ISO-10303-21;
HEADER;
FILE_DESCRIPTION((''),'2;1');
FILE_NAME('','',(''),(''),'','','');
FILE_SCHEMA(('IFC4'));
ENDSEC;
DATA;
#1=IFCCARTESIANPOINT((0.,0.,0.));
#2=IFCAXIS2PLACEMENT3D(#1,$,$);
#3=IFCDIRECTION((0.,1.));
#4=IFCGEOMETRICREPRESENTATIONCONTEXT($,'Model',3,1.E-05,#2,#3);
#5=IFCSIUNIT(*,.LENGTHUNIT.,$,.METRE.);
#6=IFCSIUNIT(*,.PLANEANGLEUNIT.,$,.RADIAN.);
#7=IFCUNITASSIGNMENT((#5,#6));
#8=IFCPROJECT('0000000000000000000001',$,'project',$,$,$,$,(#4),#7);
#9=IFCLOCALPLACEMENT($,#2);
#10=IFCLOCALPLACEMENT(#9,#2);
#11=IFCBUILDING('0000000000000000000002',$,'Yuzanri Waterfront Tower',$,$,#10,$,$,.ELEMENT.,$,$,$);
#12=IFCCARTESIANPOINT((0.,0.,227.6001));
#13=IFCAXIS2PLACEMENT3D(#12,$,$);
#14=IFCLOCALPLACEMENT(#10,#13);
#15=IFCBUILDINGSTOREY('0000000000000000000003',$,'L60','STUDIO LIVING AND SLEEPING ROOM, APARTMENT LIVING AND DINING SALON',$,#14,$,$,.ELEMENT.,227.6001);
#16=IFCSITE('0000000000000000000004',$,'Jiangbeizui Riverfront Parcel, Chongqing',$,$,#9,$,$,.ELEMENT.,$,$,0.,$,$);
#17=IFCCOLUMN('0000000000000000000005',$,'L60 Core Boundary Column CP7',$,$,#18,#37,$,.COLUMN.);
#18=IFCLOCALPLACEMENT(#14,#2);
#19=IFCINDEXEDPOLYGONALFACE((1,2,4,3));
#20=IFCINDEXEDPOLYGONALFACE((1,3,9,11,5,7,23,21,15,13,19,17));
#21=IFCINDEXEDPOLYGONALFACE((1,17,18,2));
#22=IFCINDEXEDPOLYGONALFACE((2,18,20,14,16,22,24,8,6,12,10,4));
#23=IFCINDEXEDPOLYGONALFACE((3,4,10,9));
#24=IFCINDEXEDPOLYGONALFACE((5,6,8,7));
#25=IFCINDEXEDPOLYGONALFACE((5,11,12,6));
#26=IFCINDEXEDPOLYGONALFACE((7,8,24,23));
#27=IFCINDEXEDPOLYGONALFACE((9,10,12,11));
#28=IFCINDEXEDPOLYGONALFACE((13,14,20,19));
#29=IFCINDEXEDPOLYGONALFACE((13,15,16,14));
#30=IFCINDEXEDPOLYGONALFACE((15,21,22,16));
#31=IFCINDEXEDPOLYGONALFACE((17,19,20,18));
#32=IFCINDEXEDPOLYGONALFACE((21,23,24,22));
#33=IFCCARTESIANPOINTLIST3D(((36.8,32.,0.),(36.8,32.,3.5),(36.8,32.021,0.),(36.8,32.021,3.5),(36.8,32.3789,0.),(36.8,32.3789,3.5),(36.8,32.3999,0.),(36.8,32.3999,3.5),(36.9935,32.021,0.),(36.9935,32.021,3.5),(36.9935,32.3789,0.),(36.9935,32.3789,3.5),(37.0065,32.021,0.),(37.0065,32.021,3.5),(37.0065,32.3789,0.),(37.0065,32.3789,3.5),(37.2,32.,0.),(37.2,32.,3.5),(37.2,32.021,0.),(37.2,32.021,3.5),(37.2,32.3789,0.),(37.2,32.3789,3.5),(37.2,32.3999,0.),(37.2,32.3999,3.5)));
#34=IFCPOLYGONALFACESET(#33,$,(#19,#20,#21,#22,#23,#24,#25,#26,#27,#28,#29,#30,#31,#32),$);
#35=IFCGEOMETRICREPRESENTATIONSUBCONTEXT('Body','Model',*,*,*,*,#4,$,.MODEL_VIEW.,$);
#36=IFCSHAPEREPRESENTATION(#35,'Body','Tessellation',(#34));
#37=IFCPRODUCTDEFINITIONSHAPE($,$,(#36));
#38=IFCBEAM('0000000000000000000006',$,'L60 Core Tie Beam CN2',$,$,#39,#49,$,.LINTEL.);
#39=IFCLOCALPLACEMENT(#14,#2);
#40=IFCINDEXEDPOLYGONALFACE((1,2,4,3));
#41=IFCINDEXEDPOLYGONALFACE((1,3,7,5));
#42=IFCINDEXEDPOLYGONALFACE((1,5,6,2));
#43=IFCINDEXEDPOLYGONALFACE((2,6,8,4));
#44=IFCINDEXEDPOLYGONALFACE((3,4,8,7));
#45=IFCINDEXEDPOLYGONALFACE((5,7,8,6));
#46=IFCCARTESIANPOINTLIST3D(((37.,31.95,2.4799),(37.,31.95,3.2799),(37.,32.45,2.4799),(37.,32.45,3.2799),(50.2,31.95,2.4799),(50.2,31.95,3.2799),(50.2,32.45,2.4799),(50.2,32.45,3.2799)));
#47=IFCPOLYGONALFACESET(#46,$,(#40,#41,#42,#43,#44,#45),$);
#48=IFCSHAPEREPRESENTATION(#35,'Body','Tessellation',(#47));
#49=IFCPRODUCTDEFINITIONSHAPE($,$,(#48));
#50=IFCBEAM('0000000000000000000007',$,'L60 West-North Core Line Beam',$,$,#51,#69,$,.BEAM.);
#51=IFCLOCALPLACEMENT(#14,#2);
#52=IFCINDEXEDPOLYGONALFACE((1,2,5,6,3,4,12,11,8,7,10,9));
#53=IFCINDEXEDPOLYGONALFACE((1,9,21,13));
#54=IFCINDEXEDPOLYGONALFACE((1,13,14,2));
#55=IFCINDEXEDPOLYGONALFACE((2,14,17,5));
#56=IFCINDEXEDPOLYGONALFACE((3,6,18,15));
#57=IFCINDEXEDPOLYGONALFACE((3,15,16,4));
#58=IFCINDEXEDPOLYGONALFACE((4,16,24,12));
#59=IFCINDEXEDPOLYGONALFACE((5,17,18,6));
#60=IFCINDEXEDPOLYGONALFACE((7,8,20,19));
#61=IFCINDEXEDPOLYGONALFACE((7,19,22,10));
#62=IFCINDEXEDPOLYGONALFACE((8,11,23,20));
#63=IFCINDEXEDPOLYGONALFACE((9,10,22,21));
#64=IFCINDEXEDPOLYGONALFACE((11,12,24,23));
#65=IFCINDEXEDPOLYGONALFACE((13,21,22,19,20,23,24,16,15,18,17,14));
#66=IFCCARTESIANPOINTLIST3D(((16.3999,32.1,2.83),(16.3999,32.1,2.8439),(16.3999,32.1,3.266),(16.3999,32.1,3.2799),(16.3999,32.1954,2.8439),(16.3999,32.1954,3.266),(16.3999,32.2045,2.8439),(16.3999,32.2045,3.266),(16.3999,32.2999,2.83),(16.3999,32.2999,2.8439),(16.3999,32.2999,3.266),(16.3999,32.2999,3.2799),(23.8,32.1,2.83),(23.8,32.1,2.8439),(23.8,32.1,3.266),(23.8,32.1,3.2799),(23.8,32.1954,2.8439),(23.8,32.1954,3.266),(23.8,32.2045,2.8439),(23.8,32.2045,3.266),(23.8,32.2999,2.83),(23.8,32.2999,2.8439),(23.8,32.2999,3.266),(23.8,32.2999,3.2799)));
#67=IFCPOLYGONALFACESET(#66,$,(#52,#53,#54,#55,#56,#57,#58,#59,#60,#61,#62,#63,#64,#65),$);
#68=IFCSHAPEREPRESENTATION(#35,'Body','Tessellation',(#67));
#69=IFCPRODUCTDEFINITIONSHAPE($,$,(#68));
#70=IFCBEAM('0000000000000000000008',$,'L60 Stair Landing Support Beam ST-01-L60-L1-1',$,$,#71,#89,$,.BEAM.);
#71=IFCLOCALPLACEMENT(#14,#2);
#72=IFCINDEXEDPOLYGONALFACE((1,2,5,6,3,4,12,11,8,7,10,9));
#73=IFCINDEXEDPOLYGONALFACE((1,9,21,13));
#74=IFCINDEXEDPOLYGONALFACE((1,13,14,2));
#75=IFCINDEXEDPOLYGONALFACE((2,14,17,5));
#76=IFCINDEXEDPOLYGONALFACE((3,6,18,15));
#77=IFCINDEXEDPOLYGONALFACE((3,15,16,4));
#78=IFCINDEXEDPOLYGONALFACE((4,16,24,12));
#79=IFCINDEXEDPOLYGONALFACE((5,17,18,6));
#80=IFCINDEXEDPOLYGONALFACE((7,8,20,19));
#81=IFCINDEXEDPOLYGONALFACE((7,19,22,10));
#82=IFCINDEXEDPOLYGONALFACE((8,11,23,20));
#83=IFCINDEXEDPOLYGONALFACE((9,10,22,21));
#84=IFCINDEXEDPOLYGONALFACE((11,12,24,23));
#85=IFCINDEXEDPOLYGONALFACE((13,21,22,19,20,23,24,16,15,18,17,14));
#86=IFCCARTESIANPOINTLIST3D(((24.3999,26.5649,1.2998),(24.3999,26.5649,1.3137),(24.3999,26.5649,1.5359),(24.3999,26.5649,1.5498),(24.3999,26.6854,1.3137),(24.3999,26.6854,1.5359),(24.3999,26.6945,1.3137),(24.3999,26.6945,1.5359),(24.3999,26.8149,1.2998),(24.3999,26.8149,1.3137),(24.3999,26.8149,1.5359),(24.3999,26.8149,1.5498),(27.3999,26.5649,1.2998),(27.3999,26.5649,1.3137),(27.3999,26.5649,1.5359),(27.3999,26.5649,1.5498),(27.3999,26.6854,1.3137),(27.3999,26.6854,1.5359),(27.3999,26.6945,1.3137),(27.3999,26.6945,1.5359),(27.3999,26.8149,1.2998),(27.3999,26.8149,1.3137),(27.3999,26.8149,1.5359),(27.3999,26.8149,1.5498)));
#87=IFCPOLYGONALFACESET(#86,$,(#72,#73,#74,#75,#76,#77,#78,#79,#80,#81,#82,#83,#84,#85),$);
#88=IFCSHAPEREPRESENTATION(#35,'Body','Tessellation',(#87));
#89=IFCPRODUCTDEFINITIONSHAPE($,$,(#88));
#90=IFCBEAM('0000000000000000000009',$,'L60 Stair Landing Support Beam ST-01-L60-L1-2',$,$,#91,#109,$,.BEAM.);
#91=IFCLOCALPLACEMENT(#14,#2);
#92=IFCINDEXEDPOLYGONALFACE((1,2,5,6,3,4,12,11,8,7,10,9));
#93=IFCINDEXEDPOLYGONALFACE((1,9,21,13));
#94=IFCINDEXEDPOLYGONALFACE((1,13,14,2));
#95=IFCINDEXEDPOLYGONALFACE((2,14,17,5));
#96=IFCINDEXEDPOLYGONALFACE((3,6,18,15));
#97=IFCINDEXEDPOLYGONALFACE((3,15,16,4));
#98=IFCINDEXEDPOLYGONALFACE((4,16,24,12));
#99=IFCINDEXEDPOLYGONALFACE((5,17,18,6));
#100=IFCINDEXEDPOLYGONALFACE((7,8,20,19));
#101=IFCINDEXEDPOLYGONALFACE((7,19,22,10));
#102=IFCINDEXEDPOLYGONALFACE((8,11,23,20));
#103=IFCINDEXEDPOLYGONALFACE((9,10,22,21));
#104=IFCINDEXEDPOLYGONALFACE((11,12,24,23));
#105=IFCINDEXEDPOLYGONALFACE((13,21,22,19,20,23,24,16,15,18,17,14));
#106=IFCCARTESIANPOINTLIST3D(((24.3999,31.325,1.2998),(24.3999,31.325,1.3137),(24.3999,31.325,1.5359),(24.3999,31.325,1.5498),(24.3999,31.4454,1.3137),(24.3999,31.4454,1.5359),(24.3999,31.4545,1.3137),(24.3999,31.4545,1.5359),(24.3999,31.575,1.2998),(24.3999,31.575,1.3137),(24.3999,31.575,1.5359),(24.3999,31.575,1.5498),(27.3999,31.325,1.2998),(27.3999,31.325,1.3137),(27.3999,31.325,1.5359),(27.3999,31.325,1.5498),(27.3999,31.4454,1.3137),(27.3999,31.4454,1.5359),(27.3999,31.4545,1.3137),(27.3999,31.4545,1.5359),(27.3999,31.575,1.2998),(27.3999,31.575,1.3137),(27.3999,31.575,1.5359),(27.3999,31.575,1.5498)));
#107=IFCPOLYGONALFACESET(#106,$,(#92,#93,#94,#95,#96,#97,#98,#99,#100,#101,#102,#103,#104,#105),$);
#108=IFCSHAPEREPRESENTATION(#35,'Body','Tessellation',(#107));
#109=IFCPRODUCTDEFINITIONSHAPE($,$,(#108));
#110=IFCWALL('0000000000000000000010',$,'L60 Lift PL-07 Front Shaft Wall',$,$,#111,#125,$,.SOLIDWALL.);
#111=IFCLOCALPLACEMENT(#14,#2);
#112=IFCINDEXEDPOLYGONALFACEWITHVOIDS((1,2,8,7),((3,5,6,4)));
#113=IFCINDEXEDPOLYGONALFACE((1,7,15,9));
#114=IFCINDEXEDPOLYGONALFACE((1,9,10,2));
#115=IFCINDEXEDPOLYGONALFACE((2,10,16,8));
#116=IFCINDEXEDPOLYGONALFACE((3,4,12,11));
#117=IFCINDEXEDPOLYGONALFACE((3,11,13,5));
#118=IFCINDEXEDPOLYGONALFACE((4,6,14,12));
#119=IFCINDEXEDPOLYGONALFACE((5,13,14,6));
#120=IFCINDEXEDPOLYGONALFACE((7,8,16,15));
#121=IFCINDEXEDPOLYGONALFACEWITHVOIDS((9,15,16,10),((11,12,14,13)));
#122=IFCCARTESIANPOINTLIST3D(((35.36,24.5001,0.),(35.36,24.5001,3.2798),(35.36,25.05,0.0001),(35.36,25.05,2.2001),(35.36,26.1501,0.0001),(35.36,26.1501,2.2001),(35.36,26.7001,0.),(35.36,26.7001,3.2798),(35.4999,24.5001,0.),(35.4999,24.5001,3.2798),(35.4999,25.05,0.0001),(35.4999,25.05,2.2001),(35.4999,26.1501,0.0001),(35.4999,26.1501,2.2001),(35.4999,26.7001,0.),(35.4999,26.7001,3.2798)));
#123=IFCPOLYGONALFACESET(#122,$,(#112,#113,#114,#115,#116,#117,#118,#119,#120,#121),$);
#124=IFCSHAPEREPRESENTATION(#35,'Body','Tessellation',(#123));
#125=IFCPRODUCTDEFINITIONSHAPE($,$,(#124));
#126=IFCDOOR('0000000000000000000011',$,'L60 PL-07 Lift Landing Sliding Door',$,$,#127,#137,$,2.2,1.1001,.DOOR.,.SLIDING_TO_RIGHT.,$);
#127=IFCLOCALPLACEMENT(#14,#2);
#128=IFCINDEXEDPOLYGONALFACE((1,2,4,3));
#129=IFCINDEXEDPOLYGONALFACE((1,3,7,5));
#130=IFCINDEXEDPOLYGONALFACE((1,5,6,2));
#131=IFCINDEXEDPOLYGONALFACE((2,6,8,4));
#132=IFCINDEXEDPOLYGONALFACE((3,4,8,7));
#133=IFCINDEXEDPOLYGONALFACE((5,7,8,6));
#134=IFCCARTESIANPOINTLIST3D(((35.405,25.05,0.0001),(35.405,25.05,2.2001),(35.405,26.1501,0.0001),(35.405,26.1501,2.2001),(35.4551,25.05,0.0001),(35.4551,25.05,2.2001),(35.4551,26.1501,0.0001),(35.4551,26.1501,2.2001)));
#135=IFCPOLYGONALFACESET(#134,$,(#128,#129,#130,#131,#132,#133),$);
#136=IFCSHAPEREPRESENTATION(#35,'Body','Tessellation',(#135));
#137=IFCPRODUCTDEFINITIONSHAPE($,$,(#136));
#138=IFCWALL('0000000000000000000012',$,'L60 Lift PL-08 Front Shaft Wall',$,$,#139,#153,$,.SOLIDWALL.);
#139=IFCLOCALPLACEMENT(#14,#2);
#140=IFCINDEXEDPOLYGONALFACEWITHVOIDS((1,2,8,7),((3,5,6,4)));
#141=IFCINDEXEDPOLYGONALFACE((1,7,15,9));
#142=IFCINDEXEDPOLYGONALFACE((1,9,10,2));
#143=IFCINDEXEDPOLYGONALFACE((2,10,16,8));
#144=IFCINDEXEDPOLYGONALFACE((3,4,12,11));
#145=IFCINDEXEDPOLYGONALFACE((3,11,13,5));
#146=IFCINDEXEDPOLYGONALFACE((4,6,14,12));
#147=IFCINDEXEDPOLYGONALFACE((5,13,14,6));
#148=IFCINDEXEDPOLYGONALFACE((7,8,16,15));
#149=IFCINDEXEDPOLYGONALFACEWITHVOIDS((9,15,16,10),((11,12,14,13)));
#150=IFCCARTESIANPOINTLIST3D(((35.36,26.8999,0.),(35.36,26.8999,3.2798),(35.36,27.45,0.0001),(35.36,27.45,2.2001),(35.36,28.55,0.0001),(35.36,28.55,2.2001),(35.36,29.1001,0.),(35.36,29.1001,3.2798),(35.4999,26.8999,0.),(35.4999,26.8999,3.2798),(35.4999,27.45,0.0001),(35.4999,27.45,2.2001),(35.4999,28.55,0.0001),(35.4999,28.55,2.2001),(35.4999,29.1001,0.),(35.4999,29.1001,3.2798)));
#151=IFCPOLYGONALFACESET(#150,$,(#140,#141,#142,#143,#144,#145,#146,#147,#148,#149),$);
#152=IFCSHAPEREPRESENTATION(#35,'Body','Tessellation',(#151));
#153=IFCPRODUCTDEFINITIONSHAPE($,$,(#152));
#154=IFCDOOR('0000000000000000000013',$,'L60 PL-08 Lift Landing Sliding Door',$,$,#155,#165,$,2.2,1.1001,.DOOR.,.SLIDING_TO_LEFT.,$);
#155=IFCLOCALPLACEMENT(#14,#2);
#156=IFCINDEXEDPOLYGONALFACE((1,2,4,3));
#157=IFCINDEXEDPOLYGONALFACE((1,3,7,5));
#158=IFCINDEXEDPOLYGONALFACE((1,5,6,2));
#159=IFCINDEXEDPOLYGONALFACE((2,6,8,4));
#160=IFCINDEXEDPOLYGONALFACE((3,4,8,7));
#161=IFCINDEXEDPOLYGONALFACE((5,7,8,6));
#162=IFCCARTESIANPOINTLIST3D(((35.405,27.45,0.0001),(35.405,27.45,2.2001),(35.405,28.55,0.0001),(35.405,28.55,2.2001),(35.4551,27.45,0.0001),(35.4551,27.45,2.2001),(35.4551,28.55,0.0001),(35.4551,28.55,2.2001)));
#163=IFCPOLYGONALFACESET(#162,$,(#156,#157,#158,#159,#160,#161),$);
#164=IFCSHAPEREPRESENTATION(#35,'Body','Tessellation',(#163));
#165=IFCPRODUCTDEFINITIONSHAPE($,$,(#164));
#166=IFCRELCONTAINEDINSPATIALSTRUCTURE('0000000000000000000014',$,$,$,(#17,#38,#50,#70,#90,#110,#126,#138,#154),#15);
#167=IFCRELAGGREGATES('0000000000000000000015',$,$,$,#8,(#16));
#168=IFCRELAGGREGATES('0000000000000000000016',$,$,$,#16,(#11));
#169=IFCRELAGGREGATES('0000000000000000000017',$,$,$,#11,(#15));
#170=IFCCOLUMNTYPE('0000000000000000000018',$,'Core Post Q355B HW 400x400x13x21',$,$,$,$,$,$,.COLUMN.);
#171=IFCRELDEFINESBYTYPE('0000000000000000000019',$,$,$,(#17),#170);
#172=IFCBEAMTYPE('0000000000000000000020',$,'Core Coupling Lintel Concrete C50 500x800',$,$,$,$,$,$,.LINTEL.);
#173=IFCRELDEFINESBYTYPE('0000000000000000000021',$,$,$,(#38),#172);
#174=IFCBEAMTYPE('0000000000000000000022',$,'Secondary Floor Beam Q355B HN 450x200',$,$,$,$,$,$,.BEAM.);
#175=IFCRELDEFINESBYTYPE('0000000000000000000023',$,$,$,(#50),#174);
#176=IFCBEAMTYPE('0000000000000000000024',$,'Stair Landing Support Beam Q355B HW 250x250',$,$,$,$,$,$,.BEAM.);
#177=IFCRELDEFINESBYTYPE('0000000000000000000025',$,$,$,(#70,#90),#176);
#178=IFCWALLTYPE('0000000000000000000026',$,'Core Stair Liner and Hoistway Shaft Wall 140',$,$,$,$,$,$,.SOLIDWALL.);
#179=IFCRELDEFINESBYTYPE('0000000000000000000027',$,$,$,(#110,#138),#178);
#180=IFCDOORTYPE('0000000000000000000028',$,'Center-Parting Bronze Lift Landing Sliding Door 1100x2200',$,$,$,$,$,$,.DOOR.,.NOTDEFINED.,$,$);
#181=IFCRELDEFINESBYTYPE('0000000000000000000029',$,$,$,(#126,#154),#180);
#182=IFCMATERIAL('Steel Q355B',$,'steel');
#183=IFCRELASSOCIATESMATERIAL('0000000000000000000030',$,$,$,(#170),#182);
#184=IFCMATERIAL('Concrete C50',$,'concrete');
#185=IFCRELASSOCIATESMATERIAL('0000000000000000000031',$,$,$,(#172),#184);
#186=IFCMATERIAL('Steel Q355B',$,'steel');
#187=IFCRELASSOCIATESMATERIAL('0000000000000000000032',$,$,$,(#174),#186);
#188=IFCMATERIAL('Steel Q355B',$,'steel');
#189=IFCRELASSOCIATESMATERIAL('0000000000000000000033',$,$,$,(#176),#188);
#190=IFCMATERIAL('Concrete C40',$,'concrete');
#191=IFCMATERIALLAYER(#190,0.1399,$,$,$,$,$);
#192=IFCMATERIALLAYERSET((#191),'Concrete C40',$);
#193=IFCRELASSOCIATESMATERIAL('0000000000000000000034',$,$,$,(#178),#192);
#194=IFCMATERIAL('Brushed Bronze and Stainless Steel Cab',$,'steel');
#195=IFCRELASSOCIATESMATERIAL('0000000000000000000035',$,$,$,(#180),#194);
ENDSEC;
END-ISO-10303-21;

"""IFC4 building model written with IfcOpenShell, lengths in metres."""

from ifc_helpers import new_model, si_unit, direction, frame, frame_2d, origin, origin_2d, place, context, subcontext, project, spatial, rectangle, i_section, extrude, source, transform, mapped, material, layer, layer_set, material_profile, profile_set, type_object, element, fill, save


model = new_model("IFC4")

# Units and contexts
model_context = context("Model", 3, precision=1e-05, world=origin(), true_north=direction((0.0, 1.0)))
body_context = subcontext(model_context, "Body", "Model", "MODEL_VIEW")
ifc_project = project(units=[si_unit("LENGTHUNIT", "METRE"), si_unit("PLANEANGLEUNIT", "RADIAN")], contexts=[model_context])

# Site, building, storey
site_placement = place(None, origin())
site = spatial("IfcSite", under=ifc_project, at=site_placement, Name="Jiangbeizui Riverfront Parcel, Chongqing", CompositionType="ELEMENT", RefElevation=0.0)
building_placement = place(site_placement, origin())
building = spatial("IfcBuilding", under=site, at=building_placement, Name="Yuzanri Waterfront Tower", CompositionType="ELEMENT")
storey_placement = place(building_placement, frame((0.0, 0.0, 227.6001)))
storey = spatial("IfcBuildingStorey", under=building, at=storey_placement, Name="L60", Description="STUDIO LIVING AND SLEEPING ROOM, APARTMENT LIVING AND DINING SALON", CompositionType="ELEMENT", Elevation=227.6001)

# Column
ifc_material_1 = material(Name="Steel Q355B", Category="steel")
ifc_material_profile_1 = material_profile(ifc_material_1, i_section(OverallWidth=0.3999, OverallDepth=0.3999, WebThickness=0.0129, FlangeThickness=0.021, at=origin_2d()), Name="HW 400x400x13x21")
ifc_profile_set_1 = profile_set([ifc_material_profile_1], Name="Steel Q355B")
column_type = type_object("IfcColumnType", Name="Core Post Q355B HW 400x400x13x21", PredefinedType="COLUMN", material=ifc_profile_set_1)
shared_shape_1 = source(origin(), body_context, "Body", "SweptSolid", [
    extrude(i_section(OverallWidth=0.3999, OverallDepth=0.3999, WebThickness=0.0129, FlangeThickness=0.021, at=origin_2d()), origin(), (0.0, 0.0, 1.0), 3.5),
])
column_placement = place(storey_placement, frame((37.0, 32.2, 0.0), z_axis=(0.0, 0.0, 1.0), x_axis=(1.0, 0.0, 0.0)))
element("IfcColumn", 1, at=column_placement, inside=storey, type_object=column_type, Name="L60 Core Boundary Column CP7", PredefinedType="COLUMN", context=body_context, shape_type="MappedRepresentation", body=[
    mapped(shared_shape_1, transform((0.0, 0.0, 0.0), scale=1.0)),
])

# Beams
ifc_material_2 = material(Name="Concrete C50", Category="concrete")
ifc_material_profile_2 = material_profile(ifc_material_2, rectangle(XDim=0.5, YDim=0.8, at=origin_2d()), Name="RC 500x800")
ifc_profile_set_2 = profile_set([ifc_material_profile_2], Name="Concrete C50")
beam_type_1 = type_object("IfcBeamType", Name="Core Coupling Lintel Concrete C50 500x800", PredefinedType="LINTEL", material=ifc_profile_set_2)
shared_shape_2 = source(origin(), body_context, "Body", "SweptSolid", [
    extrude(rectangle(XDim=0.5, YDim=0.8, at=origin_2d()), origin(), (0.0, 0.0, 1.0), 13.2),
])
beam_1_placement = place(storey_placement, frame((37.0, 32.2, 2.8799), z_axis=(1.0, 0.0, 0.0), x_axis=(0.0, 1.0, 0.0)))
element("IfcBeam", 2, at=beam_1_placement, inside=storey, type_object=beam_type_1, Name="L60 Core Tie Beam CN2", PredefinedType="LINTEL", context=body_context, shape_type="MappedRepresentation", body=[
    mapped(shared_shape_2, transform((0.0, 0.0, 0.0), scale=1.0)),
])
ifc_material_3 = material(Name="Steel Q355B", Category="steel")
ifc_material_profile_3 = material_profile(ifc_material_3, i_section(OverallWidth=0.2, OverallDepth=0.45, WebThickness=0.009, FlangeThickness=0.0139, at=origin_2d()), Name="HN 450x200x9x14")
ifc_profile_set_3 = profile_set([ifc_material_profile_3], Name="Steel Q355B")
beam_type_2 = type_object("IfcBeamType", Name="Secondary Floor Beam Q355B HN 450x200", PredefinedType="BEAM", material=ifc_profile_set_3)
shared_shape_3 = source(origin(), body_context, "Body", "SweptSolid", [
    extrude(i_section(OverallWidth=0.2, OverallDepth=0.45, WebThickness=0.009, FlangeThickness=0.0139, at=origin_2d()), origin(), (0.0, 0.0, 1.0), 7.4001),
])
beam_2_placement = place(storey_placement, frame((23.8, 32.2, 3.0549), z_axis=(-1.0, 0.0, 0.0), x_axis=(0.0, -1.0, 0.0)))
element("IfcBeam", 3, at=beam_2_placement, inside=storey, type_object=beam_type_2, Name="L60 West-North Core Line Beam", PredefinedType="BEAM", context=body_context, shape_type="MappedRepresentation", body=[
    mapped(shared_shape_3, transform((0.0, 0.0, 0.0), scale=1.0)),
])
ifc_material_4 = material(Name="Steel Q355B", Category="steel")
ifc_material_profile_4 = material_profile(ifc_material_4, i_section(OverallWidth=0.25, OverallDepth=0.25, WebThickness=0.009, FlangeThickness=0.0139, at=origin_2d()), Name="HW 250x250x9x14")
ifc_profile_set_4 = profile_set([ifc_material_profile_4], Name="Steel Q355B")
beam_type_3 = type_object("IfcBeamType", Name="Stair Landing Support Beam Q355B HW 250x250", PredefinedType="BEAM", material=ifc_profile_set_4)
shared_shape_4 = source(origin(), body_context, "Body", "SweptSolid", [
    extrude(i_section(OverallWidth=0.25, OverallDepth=0.25, WebThickness=0.009, FlangeThickness=0.0139, at=origin_2d()), origin(), (0.0, 0.0, 1.0), 3.0),
])
for number, where, z_axis, x_axis, name in (
    (4, (24.3999, 26.6899, 1.4248), (1.0, 0.0, 0.0), (0.0, 1.0, 0.0), "L60 Stair Landing Support Beam ST-01-L60-L1-1"),
    (5, (24.3999, 31.45, 1.4248), (1.0, 0.0, 0.0), (0.0, 1.0, 0.0), "L60 Stair Landing Support Beam ST-01-L60-L1-2"),
):
    element("IfcBeam", number, at=place(storey_placement, frame(where, z_axis=z_axis, x_axis=x_axis)), inside=storey, type_object=beam_type_3, Name=name, PredefinedType="BEAM", context=body_context, shape_type="MappedRepresentation", body=[
        mapped(shared_shape_4, transform((0.0, 0.0, 0.0), scale=1.0)),
    ])

# Walls, openings, doors
ifc_material_5 = material(Name="Concrete C40", Category="concrete")
ifc_layer_1 = layer(ifc_material_5, 0.1399)
ifc_layer_set_1 = layer_set([ifc_layer_1], Name="Concrete C40")
wall_type_1 = type_object("IfcWallType", Name="Core Stair Liner and Hoistway Shaft Wall 140", PredefinedType="SOLIDWALL", material=ifc_layer_set_1)
wall_1_placement = place(storey_placement, frame((35.4299, 24.5, 0.0), z_axis=(0.0, 0.0, 1.0), x_axis=(0.0, 1.0, 0.0)))
wall_1 = element("IfcWall", 6, at=wall_1_placement, inside=storey, type_object=wall_type_1, Name="L60 Lift PL-07 Front Shaft Wall", PredefinedType="SOLIDWALL", context=body_context, shape_type="SweptSolid", body=[
    extrude(rectangle(XDim=2.2, YDim=0.1399, at=frame_2d((1.1001, 0.0))), origin(), (0.0, 0.0, 1.0), 3.2798),
])
opening_1_placement = place(wall_1_placement, frame((0.55, 0.0, 0.0)))
opening_1 = element("IfcOpeningElement", 7, at=opening_1_placement, cuts=wall_1, PredefinedType="OPENING", context=body_context, shape_type="SweptSolid", body=[
    extrude(rectangle(XDim=1.1001, YDim=2.2, at=frame_2d((0.55, 1.1001))), frame((0.0, 0.085, 0.0), z_axis=(0.0, -1.0, 0.0), x_axis=(1.0, 0.0, 0.0)), (0.0, 0.0, 1.0), 0.1697),
])
ifc_material_6 = material(Name="Brushed Bronze and Stainless Steel Cab", Category="steel")
door_type_1 = type_object("IfcDoorType", Name="Center-Parting Bronze Lift Landing Sliding Door 1100x2200", OperationType="NOTDEFINED", PredefinedType="DOOR", material=ifc_material_6)
shared_shape_5 = source(origin(), body_context, "Body", "SweptSolid", [
    extrude(rectangle(XDim=1.1001, YDim=2.2, at=frame_2d((0.55, 1.1001))), frame((0.0, 0.0249, 0.0), z_axis=(0.0, -1.0, 0.0), x_axis=(1.0, 0.0, 0.0)), (0.0, 0.0, 1.0), 0.05),
])
door_1_placement = place(opening_1_placement, origin())
door_1 = element("IfcDoor", 8, at=door_1_placement, inside=storey, type_object=door_type_1, Name="L60 PL-07 Lift Landing Sliding Door", OperationType="SLIDING_TO_RIGHT", OverallHeight=2.2, OverallWidth=1.1001, PredefinedType="DOOR", context=body_context, shape_type="MappedRepresentation", body=[
    mapped(shared_shape_5, transform((0.0, 0.0, 0.0), scale=1.0)),
])
fill(opening_1, door_1)
wall_2_placement = place(storey_placement, frame((35.4299, 26.8999, 0.0), z_axis=(0.0, 0.0, 1.0), x_axis=(0.0, 1.0, 0.0)))
wall_2 = element("IfcWall", 9, at=wall_2_placement, inside=storey, type_object=wall_type_1, Name="L60 Lift PL-08 Front Shaft Wall", PredefinedType="SOLIDWALL", context=body_context, shape_type="SweptSolid", body=[
    extrude(rectangle(XDim=2.2002, YDim=0.1399, at=frame_2d((1.1001, 0.0))), origin(), (0.0, 0.0, 1.0), 3.2798),
])
opening_2_placement = place(wall_2_placement, frame((0.55, 0.0, 0.0)))
opening_2 = element("IfcOpeningElement", 10, at=opening_2_placement, cuts=wall_2, PredefinedType="OPENING", context=body_context, shape_type="SweptSolid", body=[
    extrude(rectangle(XDim=1.1001, YDim=2.2, at=frame_2d((0.55, 1.1001))), frame((0.0, 0.085, 0.0), z_axis=(0.0, -1.0, 0.0), x_axis=(1.0, 0.0, 0.0)), (0.0, 0.0, 1.0), 0.1697),
])
door_2_placement = place(opening_2_placement, origin())
door_2 = element("IfcDoor", 11, at=door_2_placement, inside=storey, type_object=door_type_1, Name="L60 PL-08 Lift Landing Sliding Door", OperationType="SLIDING_TO_LEFT", OverallHeight=2.2, OverallWidth=1.1001, PredefinedType="DOOR", context=body_context, shape_type="MappedRepresentation", body=[
    mapped(shared_shape_5, transform((0.0, 0.0, 0.0), scale=1.0)),
])
fill(opening_2, door_2)

save(model, "model.ifc")
